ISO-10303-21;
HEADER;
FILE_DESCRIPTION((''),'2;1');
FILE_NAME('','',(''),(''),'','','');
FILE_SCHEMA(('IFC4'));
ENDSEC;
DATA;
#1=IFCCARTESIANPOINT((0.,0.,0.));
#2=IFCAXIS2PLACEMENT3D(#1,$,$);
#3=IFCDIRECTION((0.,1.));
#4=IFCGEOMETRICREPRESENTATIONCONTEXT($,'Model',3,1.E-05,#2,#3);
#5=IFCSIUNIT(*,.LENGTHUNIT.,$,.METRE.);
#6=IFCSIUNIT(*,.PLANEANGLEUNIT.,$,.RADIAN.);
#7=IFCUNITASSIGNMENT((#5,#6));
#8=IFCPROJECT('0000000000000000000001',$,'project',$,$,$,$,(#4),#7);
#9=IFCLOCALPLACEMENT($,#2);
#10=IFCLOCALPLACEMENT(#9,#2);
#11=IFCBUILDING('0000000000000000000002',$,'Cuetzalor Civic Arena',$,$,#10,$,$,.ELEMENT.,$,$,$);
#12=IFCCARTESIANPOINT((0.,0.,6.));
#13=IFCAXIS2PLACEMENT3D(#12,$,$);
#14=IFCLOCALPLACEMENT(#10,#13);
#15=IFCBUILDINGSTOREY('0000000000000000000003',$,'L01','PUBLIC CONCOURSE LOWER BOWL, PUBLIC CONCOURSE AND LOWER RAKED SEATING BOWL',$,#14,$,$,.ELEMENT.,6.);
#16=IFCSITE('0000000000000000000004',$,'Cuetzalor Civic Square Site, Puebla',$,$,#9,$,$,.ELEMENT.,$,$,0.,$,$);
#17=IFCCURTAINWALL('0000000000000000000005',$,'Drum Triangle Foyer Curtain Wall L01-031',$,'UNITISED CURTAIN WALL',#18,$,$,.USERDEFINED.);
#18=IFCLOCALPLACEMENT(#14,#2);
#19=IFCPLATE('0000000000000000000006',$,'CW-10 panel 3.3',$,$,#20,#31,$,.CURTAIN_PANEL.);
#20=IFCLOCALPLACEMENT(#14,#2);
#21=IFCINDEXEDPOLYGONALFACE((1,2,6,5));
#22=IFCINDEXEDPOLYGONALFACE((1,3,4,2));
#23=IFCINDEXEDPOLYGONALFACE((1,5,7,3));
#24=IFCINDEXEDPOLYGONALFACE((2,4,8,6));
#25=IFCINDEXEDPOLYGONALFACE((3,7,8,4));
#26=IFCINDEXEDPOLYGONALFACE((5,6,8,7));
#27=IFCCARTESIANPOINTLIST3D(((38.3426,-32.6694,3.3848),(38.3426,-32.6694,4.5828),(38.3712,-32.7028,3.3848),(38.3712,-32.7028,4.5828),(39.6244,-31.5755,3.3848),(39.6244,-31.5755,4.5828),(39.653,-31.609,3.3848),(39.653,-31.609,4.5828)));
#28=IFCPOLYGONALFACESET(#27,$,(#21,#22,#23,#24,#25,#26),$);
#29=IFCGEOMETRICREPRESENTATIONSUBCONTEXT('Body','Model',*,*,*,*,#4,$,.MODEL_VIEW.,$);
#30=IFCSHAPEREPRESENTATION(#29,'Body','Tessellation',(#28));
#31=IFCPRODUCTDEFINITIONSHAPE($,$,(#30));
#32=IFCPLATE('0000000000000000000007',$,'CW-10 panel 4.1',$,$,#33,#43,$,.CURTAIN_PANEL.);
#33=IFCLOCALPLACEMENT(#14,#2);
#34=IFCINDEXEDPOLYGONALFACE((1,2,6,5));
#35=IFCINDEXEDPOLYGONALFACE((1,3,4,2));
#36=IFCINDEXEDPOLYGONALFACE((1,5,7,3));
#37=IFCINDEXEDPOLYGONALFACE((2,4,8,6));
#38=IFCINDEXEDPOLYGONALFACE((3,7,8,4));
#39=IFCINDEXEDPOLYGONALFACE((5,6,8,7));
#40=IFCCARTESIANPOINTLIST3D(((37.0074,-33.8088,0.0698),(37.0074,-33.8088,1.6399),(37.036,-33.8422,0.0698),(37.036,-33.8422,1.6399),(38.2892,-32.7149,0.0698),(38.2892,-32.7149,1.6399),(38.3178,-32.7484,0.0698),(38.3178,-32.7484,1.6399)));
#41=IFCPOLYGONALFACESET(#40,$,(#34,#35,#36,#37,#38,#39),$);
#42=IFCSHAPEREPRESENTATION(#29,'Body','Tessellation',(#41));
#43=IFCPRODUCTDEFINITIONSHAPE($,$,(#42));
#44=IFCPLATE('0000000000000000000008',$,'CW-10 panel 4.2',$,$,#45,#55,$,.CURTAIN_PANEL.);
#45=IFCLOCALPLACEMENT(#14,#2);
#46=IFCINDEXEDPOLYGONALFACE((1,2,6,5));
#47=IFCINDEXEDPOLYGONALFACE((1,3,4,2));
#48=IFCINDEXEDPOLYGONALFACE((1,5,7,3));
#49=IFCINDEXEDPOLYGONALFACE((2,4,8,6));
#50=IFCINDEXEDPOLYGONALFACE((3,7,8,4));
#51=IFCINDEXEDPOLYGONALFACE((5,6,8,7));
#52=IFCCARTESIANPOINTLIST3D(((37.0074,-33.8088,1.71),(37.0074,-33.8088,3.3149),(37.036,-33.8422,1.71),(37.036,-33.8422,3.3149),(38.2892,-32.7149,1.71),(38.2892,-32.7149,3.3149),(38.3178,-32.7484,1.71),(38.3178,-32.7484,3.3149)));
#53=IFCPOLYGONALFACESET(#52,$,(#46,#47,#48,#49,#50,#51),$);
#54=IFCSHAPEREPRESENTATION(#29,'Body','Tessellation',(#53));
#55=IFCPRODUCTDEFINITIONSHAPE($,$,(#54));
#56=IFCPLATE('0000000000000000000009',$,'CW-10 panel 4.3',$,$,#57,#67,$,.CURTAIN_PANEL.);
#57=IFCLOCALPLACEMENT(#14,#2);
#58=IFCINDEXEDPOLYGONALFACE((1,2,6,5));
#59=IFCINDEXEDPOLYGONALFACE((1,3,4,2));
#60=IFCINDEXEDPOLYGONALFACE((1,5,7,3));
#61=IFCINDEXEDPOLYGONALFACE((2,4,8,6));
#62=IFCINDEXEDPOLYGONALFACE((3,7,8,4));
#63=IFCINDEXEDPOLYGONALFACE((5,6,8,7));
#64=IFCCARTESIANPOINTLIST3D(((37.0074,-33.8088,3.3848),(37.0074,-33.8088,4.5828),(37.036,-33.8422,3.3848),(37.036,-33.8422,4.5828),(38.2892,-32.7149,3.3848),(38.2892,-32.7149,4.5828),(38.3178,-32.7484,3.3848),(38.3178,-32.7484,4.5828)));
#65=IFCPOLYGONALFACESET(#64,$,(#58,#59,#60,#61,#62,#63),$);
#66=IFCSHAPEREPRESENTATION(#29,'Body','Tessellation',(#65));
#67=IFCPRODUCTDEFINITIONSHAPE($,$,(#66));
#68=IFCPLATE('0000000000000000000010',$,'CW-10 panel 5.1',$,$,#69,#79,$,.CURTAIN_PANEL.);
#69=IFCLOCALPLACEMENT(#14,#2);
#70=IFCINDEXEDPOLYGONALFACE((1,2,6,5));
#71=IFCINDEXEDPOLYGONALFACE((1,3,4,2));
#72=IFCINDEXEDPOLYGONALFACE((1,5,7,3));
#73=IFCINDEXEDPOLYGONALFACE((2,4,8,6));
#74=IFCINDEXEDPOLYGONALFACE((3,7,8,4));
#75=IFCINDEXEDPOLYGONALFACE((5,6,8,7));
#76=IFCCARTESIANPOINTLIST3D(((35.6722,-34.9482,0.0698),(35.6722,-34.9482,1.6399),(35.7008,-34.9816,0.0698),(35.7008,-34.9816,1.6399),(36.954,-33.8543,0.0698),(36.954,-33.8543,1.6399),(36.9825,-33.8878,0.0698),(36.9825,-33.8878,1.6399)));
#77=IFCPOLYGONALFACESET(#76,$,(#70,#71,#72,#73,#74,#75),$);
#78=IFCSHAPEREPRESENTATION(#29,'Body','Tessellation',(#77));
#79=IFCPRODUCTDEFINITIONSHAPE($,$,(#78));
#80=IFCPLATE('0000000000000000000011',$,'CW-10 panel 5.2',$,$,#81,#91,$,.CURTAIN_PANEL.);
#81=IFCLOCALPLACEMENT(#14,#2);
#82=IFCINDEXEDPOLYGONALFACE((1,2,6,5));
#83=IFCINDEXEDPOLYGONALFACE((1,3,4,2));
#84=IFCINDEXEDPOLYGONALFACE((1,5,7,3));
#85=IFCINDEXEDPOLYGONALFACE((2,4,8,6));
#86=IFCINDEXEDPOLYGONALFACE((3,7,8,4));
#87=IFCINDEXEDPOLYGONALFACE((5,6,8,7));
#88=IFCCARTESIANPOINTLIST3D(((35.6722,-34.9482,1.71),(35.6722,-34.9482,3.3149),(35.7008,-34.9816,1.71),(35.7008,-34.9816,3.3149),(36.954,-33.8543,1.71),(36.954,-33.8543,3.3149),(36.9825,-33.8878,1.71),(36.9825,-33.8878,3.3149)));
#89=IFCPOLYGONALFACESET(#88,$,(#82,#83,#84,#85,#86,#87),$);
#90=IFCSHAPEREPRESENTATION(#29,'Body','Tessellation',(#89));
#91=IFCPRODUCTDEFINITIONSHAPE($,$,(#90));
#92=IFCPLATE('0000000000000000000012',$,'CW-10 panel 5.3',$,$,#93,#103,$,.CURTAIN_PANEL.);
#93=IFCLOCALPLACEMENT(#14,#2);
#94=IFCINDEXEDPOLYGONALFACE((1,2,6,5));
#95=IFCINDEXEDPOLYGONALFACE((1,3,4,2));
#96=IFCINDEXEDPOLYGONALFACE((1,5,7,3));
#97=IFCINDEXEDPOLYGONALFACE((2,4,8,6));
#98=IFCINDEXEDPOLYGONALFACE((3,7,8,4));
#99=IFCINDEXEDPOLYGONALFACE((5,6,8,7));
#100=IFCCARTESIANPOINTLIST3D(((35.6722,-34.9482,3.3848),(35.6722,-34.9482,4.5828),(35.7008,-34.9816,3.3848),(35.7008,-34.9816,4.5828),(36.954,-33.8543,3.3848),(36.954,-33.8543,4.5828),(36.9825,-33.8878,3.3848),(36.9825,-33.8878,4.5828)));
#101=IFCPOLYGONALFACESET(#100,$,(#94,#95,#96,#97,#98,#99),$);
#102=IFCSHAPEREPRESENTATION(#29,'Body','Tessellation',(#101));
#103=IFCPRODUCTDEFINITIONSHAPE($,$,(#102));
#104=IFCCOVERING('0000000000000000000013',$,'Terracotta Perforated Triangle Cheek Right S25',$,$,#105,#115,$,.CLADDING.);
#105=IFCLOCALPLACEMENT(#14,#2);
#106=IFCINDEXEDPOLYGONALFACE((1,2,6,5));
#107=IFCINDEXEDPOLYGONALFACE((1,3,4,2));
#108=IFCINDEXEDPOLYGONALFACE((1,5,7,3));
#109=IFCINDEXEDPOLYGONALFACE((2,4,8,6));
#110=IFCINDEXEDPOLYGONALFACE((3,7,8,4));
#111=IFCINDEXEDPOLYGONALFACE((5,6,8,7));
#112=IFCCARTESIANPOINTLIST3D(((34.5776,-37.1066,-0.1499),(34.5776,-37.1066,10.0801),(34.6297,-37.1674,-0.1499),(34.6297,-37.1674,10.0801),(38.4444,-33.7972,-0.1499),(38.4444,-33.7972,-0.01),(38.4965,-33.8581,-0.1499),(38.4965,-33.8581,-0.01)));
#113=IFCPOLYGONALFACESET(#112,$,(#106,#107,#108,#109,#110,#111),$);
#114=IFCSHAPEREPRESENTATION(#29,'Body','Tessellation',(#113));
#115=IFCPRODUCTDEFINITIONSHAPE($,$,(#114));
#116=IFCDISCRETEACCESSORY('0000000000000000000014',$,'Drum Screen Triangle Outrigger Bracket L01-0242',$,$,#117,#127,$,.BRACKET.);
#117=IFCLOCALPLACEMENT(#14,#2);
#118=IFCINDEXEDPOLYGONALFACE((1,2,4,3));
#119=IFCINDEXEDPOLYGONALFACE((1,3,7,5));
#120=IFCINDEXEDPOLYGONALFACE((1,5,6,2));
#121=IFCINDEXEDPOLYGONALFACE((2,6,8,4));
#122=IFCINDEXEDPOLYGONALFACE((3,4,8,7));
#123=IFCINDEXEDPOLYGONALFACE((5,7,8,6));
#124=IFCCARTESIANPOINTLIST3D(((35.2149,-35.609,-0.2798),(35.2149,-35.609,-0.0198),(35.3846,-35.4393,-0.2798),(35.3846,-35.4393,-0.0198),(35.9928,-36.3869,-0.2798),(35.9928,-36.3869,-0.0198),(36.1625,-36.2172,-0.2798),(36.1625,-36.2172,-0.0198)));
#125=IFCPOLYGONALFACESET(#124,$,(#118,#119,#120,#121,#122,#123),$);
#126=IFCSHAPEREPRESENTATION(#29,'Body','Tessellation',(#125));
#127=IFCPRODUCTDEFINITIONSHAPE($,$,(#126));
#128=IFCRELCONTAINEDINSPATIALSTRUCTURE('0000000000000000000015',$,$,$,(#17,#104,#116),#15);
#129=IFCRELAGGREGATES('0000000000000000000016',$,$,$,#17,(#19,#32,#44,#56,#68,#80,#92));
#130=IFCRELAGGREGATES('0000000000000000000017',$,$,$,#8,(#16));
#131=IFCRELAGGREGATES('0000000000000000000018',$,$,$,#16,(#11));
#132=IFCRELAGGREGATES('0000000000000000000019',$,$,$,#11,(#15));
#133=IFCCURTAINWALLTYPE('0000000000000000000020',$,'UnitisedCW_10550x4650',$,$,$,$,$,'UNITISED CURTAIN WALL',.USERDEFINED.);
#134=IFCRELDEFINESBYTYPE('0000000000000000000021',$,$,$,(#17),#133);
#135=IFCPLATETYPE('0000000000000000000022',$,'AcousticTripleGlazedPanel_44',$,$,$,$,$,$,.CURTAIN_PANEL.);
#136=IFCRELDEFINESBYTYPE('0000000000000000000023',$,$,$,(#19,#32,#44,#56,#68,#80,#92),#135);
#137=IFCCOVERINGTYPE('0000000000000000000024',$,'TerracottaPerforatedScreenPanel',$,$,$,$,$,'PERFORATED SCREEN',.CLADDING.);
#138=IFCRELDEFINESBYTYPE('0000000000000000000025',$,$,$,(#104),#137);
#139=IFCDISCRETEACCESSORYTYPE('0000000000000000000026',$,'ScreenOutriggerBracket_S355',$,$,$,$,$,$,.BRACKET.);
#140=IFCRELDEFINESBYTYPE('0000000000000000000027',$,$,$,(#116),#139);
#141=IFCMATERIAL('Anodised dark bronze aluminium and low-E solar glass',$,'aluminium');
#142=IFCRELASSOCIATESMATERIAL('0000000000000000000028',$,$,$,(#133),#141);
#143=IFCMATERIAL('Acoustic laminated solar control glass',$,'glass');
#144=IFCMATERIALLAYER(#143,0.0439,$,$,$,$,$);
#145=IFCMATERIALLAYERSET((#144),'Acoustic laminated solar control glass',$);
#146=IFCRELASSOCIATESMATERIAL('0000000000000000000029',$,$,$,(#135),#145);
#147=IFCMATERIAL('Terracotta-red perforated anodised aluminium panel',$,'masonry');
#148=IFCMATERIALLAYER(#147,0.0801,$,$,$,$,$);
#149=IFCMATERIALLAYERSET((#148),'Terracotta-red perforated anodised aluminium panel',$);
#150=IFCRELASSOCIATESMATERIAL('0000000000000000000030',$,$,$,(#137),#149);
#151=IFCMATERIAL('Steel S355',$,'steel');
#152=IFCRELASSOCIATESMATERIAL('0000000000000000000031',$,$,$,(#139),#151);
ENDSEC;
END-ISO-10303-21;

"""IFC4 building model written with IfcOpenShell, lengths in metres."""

from ifc_helpers import new_model, si_unit, direction, frame, origin, origin_2d, place, context, subcontext, project, spatial, polyline, rectangle, outline, extrude, material, layer, layer_set, type_object, element, aggregate, save


model = new_model("IFC4")

# Units and contexts
model_context = context("Model", 3, precision=1e-05, world=origin(), true_north=direction((0.0, 1.0)))
body_context = subcontext(model_context, "Body", "Model", "MODEL_VIEW")
ifc_project = project(units=[si_unit("LENGTHUNIT", "METRE"), si_unit("PLANEANGLEUNIT", "RADIAN")], contexts=[model_context])

# Site, building, storey
site_placement = place(None, origin())
site = spatial("IfcSite", under=ifc_project, at=site_placement, Name="Cuetzalor Civic Square Site, Puebla", CompositionType="ELEMENT", RefElevation=0.0)
building_placement = place(site_placement, origin())
building = spatial("IfcBuilding", under=site, at=building_placement, Name="Cuetzalor Civic Arena", CompositionType="ELEMENT")
storey_placement = place(building_placement, frame((0.0, 0.0, 6.0)))
storey = spatial("IfcBuildingStorey", under=building, at=storey_placement, Name="L01", Description="PUBLIC CONCOURSE LOWER BOWL, PUBLIC CONCOURSE AND LOWER RAKED SEATING BOWL", CompositionType="ELEMENT", Elevation=6.0)

# Curtain wall, plates
ifc_material_1 = material(Name="Anodised dark bronze aluminium and low-E solar glass", Category="aluminium")
curtain_wall_type = type_object("IfcCurtainWallType", Name="UnitisedCW_10550x4650", ElementType="UNITISED CURTAIN WALL", PredefinedType="USERDEFINED", material=ifc_material_1)
curtain_wall_placement = place(storey_placement, origin())
curtain_wall = element("IfcCurtainWall", 1, at=curtain_wall_placement, inside=storey, type_object=curtain_wall_type, Name="Drum Triangle Foyer Curtain Wall L01-031", ObjectType="UNITISED CURTAIN WALL", PredefinedType="USERDEFINED")
ifc_material_2 = material(Name="Acoustic laminated solar control glass", Category="glass")
ifc_layer_1 = layer(ifc_material_2, 0.0439)
ifc_layer_set_1 = layer_set([ifc_layer_1], Name="Acoustic laminated solar control glass")
plate_type = type_object("IfcPlateType", Name="AcousticTripleGlazedPanel_44", PredefinedType="CURTAIN_PANEL", material=ifc_layer_set_1)
plate_1_placement = place(storey_placement, frame((38.9978, -32.1392, 3.3848), z_axis=(0.0, 0.0, 1.0), x_axis=(-0.760677, -0.64913, 0.0)))
plate_1 = element("IfcPlate", 2, at=plate_1_placement, type_object=plate_type, Name="CW-10 panel 3.3", PredefinedType="CURTAIN_PANEL", context=body_context, shape_type="SweptSolid", body=[
    extrude(rectangle(XDim=1.6851, YDim=0.0439, at=origin_2d()), origin(), (0.0, 0.0, 1.0), 1.198),
])
plate_2_placement = place(storey_placement, frame((37.6626, -33.2786, 0.0698), z_axis=(0.0, 0.0, 1.0), x_axis=(-0.760677, -0.64913, 0.0)))
plate_2 = element("IfcPlate", 3, at=plate_2_placement, type_object=plate_type, Name="CW-10 panel 4.1", PredefinedType="CURTAIN_PANEL", context=body_context, shape_type="SweptSolid", body=[
    extrude(rectangle(XDim=1.6851, YDim=0.0439, at=origin_2d()), origin(), (0.0, 0.0, 1.0), 1.5701),
])
plate_3_placement = place(storey_placement, frame((37.6626, -33.2786, 1.71), z_axis=(0.0, 0.0, 1.0), x_axis=(-0.760677, -0.64913, 0.0)))
plate_3 = element("IfcPlate", 4, at=plate_3_placement, type_object=plate_type, Name="CW-10 panel 4.2", PredefinedType="CURTAIN_PANEL", context=body_context, shape_type="SweptSolid", body=[
    extrude(rectangle(XDim=1.6851, YDim=0.0439, at=origin_2d()), origin(), (0.0, 0.0, 1.0), 1.605),
])
plate_4_placement = place(storey_placement, frame((37.6626, -33.2786, 3.3848), z_axis=(0.0, 0.0, 1.0), x_axis=(-0.760677, -0.64913, 0.0)))
plate_4 = element("IfcPlate", 5, at=plate_4_placement, type_object=plate_type, Name="CW-10 panel 4.3", PredefinedType="CURTAIN_PANEL", context=body_context, shape_type="SweptSolid", body=[
    extrude(rectangle(XDim=1.6851, YDim=0.0439, at=origin_2d()), origin(), (0.0, 0.0, 1.0), 1.198),
])
plate_5_placement = place(storey_placement, frame((36.3274, -34.418, 0.0698), z_axis=(0.0, 0.0, 1.0), x_axis=(-0.760677, -0.64913, 0.0)))
plate_5 = element("IfcPlate", 6, at=plate_5_placement, type_object=plate_type, Name="CW-10 panel 5.1", PredefinedType="CURTAIN_PANEL", context=body_context, shape_type="SweptSolid", body=[
    extrude(rectangle(XDim=1.6851, YDim=0.0439, at=origin_2d()), origin(), (0.0, 0.0, 1.0), 1.5701),
])
plate_6_placement = place(storey_placement, frame((36.3274, -34.418, 1.71), z_axis=(0.0, 0.0, 1.0), x_axis=(-0.760677, -0.64913, 0.0)))
plate_6 = element("IfcPlate", 7, at=plate_6_placement, type_object=plate_type, Name="CW-10 panel 5.2", PredefinedType="CURTAIN_PANEL", context=body_context, shape_type="SweptSolid", body=[
    extrude(rectangle(XDim=1.6851, YDim=0.0439, at=origin_2d()), origin(), (0.0, 0.0, 1.0), 1.605),
])
plate_7_placement = place(storey_placement, frame((36.3274, -34.418, 3.3848), z_axis=(0.0, 0.0, 1.0), x_axis=(-0.760677, -0.64913, 0.0)))
plate_7 = element("IfcPlate", 8, at=plate_7_placement, type_object=plate_type, Name="CW-10 panel 5.3", PredefinedType="CURTAIN_PANEL", context=body_context, shape_type="SweptSolid", body=[
    extrude(rectangle(XDim=1.6851, YDim=0.0439, at=origin_2d()), origin(), (0.0, 0.0, 1.0), 1.198),
])
aggregate(curtain_wall, [plate_1, plate_2, plate_3, plate_4, plate_5, plate_6, plate_7])

# Covering
ifc_material_3 = material(Name="Terracotta-red perforated anodised aluminium panel", Category="masonry")
ifc_layer_2 = layer(ifc_material_3, 0.0801)
ifc_layer_set_2 = layer_set([ifc_layer_2], Name="Terracotta-red perforated anodised aluminium panel")
covering_type = type_object("IfcCoveringType", Name="TerracottaPerforatedScreenPanel", ElementType="PERFORATED SCREEN", PredefinedType="CLADDING", material=ifc_layer_set_2)
covering_placement = place(storey_placement, frame((38.4705, -33.8276, -0.1499), z_axis=(0.0, 0.0, 1.0), x_axis=(-0.759741, -0.650226, 0.0)))
element("IfcCovering", 9, at=covering_placement, inside=storey, type_object=covering_type, Name="Terracotta Perforated Triangle Cheek Right S25", PredefinedType="CLADDING", context=body_context, shape_type="SweptSolid", body=[
    extrude(outline(polyline([(0.0, 0.0), (5.0896, 0.0), (5.0896, 10.23), (0.0, 0.1399), (0.0, 0.0)])), frame((0.0, 0.04, 0.0), z_axis=(0.0, -1.0, 0.0), x_axis=(1.0, 0.0, 0.0)), (0.0, 0.0, 1.0), 0.0801),
])

# Discrete accessory
ifc_material_4 = material(Name="Steel S355", Category="steel")
discrete_accessory_type = type_object("IfcDiscreteAccessoryType", Name="ScreenOutriggerBracket_S355", PredefinedType="BRACKET", material=ifc_material_4)
discrete_accessory_placement = place(storey_placement, frame((35.6887, -35.9131, -0.2798), z_axis=(0.0, 0.0, 1.0), x_axis=(0.707107, -0.707107, 0.0)))
element("IfcDiscreteAccessory", 10, at=discrete_accessory_placement, inside=storey, type_object=discrete_accessory_type, Name="Drum Screen Triangle Outrigger Bracket L01-0242", PredefinedType="BRACKET", context=body_context, shape_type="SweptSolid", body=[
    extrude(rectangle(XDim=1.1001, YDim=0.24, at=origin_2d()), origin(), (0.0, 0.0, 1.0), 0.26),
])

save(model, "model.ifc")
